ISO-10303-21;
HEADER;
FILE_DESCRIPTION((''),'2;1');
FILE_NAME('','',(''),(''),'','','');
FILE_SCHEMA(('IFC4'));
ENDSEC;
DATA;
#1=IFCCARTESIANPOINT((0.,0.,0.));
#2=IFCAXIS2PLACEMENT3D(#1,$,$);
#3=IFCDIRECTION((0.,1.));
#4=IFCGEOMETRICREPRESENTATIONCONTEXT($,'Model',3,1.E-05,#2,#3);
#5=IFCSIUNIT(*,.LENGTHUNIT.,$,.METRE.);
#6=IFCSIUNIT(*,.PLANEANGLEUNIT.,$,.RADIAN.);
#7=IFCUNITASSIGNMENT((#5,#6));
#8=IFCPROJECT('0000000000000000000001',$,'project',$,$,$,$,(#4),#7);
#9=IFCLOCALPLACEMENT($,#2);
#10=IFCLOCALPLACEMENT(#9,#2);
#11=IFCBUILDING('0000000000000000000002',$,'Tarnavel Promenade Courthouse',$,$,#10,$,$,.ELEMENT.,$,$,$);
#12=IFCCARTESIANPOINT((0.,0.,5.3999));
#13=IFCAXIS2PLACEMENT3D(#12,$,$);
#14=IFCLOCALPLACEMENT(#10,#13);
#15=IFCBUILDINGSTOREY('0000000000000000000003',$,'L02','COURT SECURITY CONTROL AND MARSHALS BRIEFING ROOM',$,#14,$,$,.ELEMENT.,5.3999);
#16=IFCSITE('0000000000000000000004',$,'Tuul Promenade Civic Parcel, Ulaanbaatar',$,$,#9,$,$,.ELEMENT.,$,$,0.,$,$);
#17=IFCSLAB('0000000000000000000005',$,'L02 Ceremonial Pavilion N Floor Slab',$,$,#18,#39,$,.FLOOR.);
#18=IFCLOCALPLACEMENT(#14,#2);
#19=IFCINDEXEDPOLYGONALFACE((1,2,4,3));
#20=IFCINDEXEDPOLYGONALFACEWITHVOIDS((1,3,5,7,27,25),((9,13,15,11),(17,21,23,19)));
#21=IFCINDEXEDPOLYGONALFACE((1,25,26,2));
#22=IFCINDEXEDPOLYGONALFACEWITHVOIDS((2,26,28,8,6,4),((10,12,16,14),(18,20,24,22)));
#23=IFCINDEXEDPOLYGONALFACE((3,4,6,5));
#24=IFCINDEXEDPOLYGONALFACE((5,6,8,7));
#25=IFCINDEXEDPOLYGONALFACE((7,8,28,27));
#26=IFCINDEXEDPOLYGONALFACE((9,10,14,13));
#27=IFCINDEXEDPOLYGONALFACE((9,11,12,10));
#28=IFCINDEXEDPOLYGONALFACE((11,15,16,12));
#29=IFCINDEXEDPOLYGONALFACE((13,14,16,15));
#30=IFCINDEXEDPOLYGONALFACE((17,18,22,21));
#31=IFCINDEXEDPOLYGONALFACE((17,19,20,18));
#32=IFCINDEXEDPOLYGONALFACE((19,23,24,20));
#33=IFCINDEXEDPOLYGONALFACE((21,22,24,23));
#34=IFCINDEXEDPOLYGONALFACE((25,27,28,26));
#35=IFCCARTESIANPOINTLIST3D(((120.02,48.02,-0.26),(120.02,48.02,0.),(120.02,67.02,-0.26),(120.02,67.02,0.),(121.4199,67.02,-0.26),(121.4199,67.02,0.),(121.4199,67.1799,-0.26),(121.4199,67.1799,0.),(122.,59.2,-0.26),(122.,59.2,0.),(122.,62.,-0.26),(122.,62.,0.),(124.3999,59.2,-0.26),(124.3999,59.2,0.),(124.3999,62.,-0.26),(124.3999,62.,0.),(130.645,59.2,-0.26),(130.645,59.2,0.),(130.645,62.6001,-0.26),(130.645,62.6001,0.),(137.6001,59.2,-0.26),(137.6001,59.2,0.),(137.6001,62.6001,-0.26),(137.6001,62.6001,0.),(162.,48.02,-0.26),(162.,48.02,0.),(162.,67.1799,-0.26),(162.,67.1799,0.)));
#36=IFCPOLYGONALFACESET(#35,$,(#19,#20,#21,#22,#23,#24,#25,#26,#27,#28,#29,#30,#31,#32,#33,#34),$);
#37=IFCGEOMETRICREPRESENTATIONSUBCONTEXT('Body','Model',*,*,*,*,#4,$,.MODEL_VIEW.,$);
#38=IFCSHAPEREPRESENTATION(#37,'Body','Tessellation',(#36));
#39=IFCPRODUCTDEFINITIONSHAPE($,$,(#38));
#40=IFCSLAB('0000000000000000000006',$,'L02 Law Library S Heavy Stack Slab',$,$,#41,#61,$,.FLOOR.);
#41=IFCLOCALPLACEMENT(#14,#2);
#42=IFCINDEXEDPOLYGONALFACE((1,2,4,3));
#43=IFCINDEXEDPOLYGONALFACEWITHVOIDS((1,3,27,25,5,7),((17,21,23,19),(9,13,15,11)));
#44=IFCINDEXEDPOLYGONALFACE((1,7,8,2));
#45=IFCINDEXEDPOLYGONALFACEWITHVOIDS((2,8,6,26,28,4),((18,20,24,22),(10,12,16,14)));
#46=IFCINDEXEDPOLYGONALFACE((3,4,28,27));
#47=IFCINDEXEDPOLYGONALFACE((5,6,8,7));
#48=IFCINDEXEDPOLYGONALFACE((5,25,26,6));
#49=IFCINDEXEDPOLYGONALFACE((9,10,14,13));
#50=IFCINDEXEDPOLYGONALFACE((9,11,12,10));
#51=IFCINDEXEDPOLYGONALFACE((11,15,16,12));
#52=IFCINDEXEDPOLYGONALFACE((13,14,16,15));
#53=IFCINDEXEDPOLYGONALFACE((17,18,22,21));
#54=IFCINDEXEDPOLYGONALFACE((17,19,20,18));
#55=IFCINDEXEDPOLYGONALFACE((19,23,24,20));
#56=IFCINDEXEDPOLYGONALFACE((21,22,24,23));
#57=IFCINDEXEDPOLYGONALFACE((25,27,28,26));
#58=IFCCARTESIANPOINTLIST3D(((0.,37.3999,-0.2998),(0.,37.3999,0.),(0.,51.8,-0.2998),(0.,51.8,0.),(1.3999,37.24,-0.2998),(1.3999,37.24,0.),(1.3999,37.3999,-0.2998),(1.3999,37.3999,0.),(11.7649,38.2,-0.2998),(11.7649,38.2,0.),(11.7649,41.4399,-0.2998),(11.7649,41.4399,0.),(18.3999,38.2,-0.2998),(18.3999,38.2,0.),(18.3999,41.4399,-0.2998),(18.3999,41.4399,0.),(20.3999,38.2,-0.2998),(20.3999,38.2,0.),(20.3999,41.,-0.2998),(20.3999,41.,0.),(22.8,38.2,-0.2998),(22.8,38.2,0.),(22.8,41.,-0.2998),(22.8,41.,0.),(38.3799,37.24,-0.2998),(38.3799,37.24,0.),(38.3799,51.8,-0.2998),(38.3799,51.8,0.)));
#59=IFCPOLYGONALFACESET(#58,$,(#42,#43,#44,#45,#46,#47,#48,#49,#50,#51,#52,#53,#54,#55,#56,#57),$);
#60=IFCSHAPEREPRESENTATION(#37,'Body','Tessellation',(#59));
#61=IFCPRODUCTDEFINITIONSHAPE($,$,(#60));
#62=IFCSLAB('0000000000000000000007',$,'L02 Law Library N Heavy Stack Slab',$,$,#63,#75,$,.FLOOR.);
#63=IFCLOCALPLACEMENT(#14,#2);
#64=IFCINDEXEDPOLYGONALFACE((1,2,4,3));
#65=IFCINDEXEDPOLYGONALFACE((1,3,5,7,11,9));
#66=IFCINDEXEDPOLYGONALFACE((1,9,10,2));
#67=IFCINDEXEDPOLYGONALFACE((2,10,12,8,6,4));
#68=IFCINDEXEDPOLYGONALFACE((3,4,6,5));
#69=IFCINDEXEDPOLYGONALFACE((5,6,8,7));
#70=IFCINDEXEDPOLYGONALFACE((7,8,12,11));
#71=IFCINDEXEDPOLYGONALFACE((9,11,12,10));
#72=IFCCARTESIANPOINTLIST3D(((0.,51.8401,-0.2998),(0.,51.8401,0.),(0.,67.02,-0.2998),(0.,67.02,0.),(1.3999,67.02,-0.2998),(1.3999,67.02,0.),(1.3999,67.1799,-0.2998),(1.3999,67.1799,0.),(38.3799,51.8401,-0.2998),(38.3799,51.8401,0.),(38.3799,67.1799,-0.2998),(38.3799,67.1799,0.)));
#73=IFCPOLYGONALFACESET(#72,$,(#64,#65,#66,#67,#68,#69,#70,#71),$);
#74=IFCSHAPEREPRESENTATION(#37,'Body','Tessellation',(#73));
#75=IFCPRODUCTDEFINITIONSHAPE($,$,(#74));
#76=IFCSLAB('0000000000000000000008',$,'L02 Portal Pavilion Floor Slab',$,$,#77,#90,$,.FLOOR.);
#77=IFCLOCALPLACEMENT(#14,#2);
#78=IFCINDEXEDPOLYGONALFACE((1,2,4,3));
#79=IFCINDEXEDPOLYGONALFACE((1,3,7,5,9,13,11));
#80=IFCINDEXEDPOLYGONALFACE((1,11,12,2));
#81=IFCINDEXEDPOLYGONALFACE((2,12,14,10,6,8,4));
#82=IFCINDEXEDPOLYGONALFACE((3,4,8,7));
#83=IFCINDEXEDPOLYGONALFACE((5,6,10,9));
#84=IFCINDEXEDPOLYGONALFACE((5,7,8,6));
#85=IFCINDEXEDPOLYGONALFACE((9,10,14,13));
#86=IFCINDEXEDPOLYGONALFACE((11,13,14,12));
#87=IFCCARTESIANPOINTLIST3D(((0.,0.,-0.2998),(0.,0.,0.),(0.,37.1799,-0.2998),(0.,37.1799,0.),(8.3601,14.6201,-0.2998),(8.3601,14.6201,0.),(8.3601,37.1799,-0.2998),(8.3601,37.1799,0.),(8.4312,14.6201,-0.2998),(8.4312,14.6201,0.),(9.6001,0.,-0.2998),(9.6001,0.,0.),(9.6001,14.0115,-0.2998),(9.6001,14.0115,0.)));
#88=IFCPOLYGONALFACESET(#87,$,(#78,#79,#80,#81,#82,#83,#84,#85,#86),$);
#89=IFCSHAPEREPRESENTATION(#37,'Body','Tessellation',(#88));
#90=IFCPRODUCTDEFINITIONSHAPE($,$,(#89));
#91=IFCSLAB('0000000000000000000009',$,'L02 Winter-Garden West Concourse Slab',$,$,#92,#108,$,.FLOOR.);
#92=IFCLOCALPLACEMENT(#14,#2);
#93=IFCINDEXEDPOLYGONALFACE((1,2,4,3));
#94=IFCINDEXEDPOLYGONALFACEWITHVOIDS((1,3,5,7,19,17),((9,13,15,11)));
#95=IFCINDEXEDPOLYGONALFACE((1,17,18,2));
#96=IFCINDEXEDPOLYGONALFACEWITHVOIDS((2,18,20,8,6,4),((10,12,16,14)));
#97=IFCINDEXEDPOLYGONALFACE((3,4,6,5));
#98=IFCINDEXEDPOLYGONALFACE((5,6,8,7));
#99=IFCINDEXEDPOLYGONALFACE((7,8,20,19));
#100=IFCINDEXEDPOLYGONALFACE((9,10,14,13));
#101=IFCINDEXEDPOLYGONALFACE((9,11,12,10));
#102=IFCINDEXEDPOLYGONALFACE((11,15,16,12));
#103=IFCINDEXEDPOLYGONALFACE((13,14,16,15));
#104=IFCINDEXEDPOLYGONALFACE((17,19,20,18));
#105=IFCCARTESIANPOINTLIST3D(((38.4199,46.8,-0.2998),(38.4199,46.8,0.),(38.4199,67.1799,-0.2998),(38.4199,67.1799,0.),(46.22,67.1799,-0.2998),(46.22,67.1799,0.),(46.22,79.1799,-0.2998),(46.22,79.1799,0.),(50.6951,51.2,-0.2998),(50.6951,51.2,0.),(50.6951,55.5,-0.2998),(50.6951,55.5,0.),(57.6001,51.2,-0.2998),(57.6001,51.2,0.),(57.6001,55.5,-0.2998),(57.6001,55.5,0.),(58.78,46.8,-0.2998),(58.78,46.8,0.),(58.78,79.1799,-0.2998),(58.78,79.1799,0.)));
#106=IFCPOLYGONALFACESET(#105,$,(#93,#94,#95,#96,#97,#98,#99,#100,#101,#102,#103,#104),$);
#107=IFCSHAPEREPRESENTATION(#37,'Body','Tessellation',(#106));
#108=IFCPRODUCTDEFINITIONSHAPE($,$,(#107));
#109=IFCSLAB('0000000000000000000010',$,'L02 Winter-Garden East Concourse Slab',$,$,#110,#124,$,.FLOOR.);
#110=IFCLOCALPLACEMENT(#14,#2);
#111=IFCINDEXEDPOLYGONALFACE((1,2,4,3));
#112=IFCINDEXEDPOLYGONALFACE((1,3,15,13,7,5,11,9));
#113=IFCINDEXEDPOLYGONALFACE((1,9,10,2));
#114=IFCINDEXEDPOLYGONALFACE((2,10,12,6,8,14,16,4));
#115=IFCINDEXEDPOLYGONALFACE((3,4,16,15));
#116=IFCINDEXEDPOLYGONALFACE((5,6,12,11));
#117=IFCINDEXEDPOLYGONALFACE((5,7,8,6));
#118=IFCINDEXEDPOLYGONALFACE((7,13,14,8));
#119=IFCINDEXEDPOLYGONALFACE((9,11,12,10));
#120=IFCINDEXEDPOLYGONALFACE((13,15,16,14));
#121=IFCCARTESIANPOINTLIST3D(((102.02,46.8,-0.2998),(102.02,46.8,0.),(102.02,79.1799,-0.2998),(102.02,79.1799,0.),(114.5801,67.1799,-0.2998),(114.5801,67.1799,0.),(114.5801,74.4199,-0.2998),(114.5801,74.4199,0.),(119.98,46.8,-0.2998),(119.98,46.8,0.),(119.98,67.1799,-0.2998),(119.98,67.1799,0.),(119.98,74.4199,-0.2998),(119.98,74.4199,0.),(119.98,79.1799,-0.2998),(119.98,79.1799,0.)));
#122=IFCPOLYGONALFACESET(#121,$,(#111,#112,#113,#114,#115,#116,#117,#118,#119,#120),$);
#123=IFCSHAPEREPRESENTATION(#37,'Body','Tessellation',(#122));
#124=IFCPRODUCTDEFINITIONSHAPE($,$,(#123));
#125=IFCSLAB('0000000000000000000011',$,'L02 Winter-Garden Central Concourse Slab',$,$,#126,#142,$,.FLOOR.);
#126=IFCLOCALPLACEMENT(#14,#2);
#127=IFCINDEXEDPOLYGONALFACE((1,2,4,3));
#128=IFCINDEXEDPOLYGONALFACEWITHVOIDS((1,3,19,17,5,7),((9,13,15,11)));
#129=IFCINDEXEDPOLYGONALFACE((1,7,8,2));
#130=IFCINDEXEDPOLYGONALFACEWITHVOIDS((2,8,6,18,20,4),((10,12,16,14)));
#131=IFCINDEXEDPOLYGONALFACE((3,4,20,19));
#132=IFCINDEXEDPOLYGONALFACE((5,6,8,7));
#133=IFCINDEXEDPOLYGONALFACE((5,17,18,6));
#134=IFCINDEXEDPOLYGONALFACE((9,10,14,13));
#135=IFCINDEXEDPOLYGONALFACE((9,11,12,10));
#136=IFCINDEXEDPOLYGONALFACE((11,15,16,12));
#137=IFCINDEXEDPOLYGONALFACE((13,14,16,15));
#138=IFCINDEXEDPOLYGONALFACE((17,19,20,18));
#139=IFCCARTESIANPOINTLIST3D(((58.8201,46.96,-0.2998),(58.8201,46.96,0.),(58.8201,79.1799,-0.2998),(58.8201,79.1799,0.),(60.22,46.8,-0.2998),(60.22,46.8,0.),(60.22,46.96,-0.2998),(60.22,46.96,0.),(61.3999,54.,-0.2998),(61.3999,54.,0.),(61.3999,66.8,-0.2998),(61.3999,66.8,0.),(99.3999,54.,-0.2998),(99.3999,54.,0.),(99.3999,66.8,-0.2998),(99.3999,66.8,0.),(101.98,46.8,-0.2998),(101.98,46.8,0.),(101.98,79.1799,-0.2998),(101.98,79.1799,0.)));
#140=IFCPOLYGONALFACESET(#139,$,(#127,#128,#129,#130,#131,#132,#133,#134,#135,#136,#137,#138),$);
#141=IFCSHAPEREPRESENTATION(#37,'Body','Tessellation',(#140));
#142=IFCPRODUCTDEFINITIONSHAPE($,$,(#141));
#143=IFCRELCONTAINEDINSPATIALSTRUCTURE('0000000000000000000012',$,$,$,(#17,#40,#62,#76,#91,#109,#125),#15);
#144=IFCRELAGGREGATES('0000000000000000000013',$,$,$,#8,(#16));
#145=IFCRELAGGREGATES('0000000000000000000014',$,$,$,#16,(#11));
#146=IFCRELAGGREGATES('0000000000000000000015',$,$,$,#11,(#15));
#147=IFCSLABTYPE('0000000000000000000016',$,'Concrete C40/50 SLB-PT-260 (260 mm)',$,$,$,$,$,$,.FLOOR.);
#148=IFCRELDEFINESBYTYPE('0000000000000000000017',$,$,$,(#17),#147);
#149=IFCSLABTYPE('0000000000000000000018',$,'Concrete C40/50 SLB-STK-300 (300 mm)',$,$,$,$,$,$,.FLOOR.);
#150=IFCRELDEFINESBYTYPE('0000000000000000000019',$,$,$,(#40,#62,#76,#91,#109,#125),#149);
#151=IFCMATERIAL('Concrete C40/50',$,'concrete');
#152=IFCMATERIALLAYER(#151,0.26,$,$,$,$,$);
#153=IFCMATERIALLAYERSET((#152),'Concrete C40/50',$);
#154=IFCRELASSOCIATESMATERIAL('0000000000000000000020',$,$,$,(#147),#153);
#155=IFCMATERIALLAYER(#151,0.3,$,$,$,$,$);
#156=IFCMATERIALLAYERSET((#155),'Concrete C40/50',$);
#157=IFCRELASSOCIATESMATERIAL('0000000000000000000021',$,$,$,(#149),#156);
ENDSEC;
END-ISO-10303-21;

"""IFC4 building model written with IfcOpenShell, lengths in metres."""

from ifc_helpers import new_model, si_unit, direction, frame, origin, place, context, subcontext, project, spatial, polyline, outline, extrude, material, layer, layer_set, type_object, element, save


model = new_model("IFC4")

# Units and contexts
model_context = context("Model", 3, precision=1e-05, world=origin(), true_north=direction((0.0, 1.0)))
body_context = subcontext(model_context, "Body", "Model", "MODEL_VIEW")
ifc_project = project(units=[si_unit("LENGTHUNIT", "METRE"), si_unit("PLANEANGLEUNIT", "RADIAN")], contexts=[model_context])

# Site, building, storey
site_placement = place(None, origin())
site = spatial("IfcSite", under=ifc_project, at=site_placement, Name="Tuul Promenade Civic Parcel, Ulaanbaatar", CompositionType="ELEMENT", RefElevation=0.0)
building_placement = place(site_placement, origin())
building = spatial("IfcBuilding", under=site, at=building_placement, Name="Tarnavel Promenade Courthouse", CompositionType="ELEMENT")
storey_placement = place(building_placement, frame((0.0, 0.0, 5.3999)))
storey = spatial("IfcBuildingStorey", under=building, at=storey_placement, Name="L02", Description="COURT SECURITY CONTROL AND MARSHALS BRIEFING ROOM", CompositionType="ELEMENT", Elevation=5.3999)

# Shared definitions
ifc_material_1 = material(Name="Concrete C40/50", Category="concrete")

# Slabs
ifc_layer_1 = layer(ifc_material_1, 0.26)
ifc_layer_set_1 = layer_set([ifc_layer_1], Name="Concrete C40/50")
slab_type_1 = type_object("IfcSlabType", Name="Concrete C40/50 SLB-PT-260 (260 mm)", PredefinedType="FLOOR", material=ifc_layer_set_1)
slab_1_placement = place(storey_placement, frame((0.0, 0.0, -0.26)))
element("IfcSlab", 1, at=slab_1_placement, inside=storey, type_object=slab_type_1, Name="L02 Ceremonial Pavilion N Floor Slab", PredefinedType="FLOOR", context=body_context, shape_type="SweptSolid", body=[
    extrude(outline(polyline([(120.02, 48.02), (162.0, 48.02), (162.0, 67.1799), (121.4199, 67.1799), (121.4199, 67.02), (120.02, 67.02), (120.02, 48.02)]), holes=[polyline([(130.645, 59.2), (137.6001, 59.2), (137.6001, 62.6001), (130.645, 62.6001), (130.645, 59.2)]), polyline([(122.0, 59.2), (124.3999, 59.2), (124.3999, 62.0), (122.0, 62.0), (122.0, 59.2)])]), origin(), (0.0, 0.0, 1.0), 0.26),
])
ifc_layer_2 = layer(ifc_material_1, 0.3)
ifc_layer_set_2 = layer_set([ifc_layer_2], Name="Concrete C40/50")
slab_type_2 = type_object("IfcSlabType", Name="Concrete C40/50 SLB-STK-300 (300 mm)", PredefinedType="FLOOR", material=ifc_layer_set_2)
slab_2_placement = place(storey_placement, frame((0.0, 0.0, -0.2998)))
element("IfcSlab", 2, at=slab_2_placement, inside=storey, type_object=slab_type_2, Name="L02 Law Library S Heavy Stack Slab", PredefinedType="FLOOR", context=body_context, shape_type="SweptSolid", body=[
    extrude(outline(polyline([(0.0, 37.3999), (1.3999, 37.3999), (1.3999, 37.24), (38.3799, 37.24), (38.3799, 51.8), (0.0, 51.8), (0.0, 37.3999)]), holes=[polyline([(11.7649, 38.2), (18.3999, 38.2), (18.3999, 41.4399), (11.7649, 41.4399), (11.7649, 38.2)]), polyline([(20.3999, 38.2), (22.8, 38.2), (22.8, 41.0), (20.3999, 41.0), (20.3999, 38.2)])]), origin(), (0.0, 0.0, 1.0), 0.2998),
])
slab_3_placement = place(storey_placement, frame((0.0, 0.0, -0.2998)))
element("IfcSlab", 3, at=slab_3_placement, inside=storey, type_object=slab_type_2, Name="L02 Law Library N Heavy Stack Slab", PredefinedType="FLOOR", context=body_context, shape_type="SweptSolid", body=[
    extrude(outline(polyline([(0.0, 51.8401), (38.3799, 51.8401), (38.3799, 67.1799), (1.3999, 67.1799), (1.3999, 67.02), (0.0, 67.02), (0.0, 51.8401)])), origin(), (0.0, 0.0, 1.0), 0.2998),
])
slab_4_placement = place(storey_placement, frame((0.0, 0.0, -0.2998)))
element("IfcSlab", 4, at=slab_4_placement, inside=storey, type_object=slab_type_2, Name="L02 Portal Pavilion Floor Slab", PredefinedType="FLOOR", context=body_context, shape_type="SweptSolid", body=[
    extrude(outline(polyline([(9.6001, 0.0), (0.0, 0.0), (0.0, 37.1799), (8.3601, 37.1799), (8.3601, 14.6201), (8.4312, 14.6201), (9.6001, 14.0115), (9.6001, 0.0)])), origin(), (0.0, 0.0, 1.0), 0.2998),
])
slab_5_placement = place(storey_placement, frame((0.0, 0.0, -0.2998)))
element("IfcSlab", 5, at=slab_5_placement, inside=storey, type_object=slab_type_2, Name="L02 Winter-Garden West Concourse Slab", PredefinedType="FLOOR", context=body_context, shape_type="SweptSolid", body=[
    extrude(outline(polyline([(38.4199, 46.8), (58.78, 46.8), (58.78, 79.1799), (46.22, 79.1799), (46.22, 67.1799), (38.4199, 67.1799), (38.4199, 46.8)]), holes=[polyline([(50.6951, 51.2), (57.6001, 51.2), (57.6001, 55.5), (50.6951, 55.5), (50.6951, 51.2)])]), origin(), (0.0, 0.0, 1.0), 0.2998),
])
slab_6_placement = place(storey_placement, frame((0.0, 0.0, -0.2998)))
element("IfcSlab", 6, at=slab_6_placement, inside=storey, type_object=slab_type_2, Name="L02 Winter-Garden East Concourse Slab", PredefinedType="FLOOR", context=body_context, shape_type="SweptSolid", body=[
    extrude(outline(polyline([(102.02, 46.8), (119.98, 46.8), (119.98, 67.1799), (114.5801, 67.1799), (114.5801, 74.4199), (119.98, 74.4199), (119.98, 79.1799), (102.02, 79.1799), (102.02, 46.8)])), origin(), (0.0, 0.0, 1.0), 0.2998),
])
slab_7_placement = place(storey_placement, frame((0.0, 0.0, -0.2998)))
element("IfcSlab", 7, at=slab_7_placement, inside=storey, type_object=slab_type_2, Name="L02 Winter-Garden Central Concourse Slab", PredefinedType="FLOOR", context=body_context, shape_type="SweptSolid", body=[
    extrude(outline(polyline([(58.8201, 46.96), (60.22, 46.96), (60.22, 46.8), (101.98, 46.8), (101.98, 79.1799), (58.8201, 79.1799), (58.8201, 46.96)]), holes=[polyline([(61.3999, 54.0), (99.3999, 54.0), (99.3999, 66.8), (61.3999, 66.8), (61.3999, 54.0)])]), origin(), (0.0, 0.0, 1.0), 0.2998),
])

save(model, "model.ifc")
